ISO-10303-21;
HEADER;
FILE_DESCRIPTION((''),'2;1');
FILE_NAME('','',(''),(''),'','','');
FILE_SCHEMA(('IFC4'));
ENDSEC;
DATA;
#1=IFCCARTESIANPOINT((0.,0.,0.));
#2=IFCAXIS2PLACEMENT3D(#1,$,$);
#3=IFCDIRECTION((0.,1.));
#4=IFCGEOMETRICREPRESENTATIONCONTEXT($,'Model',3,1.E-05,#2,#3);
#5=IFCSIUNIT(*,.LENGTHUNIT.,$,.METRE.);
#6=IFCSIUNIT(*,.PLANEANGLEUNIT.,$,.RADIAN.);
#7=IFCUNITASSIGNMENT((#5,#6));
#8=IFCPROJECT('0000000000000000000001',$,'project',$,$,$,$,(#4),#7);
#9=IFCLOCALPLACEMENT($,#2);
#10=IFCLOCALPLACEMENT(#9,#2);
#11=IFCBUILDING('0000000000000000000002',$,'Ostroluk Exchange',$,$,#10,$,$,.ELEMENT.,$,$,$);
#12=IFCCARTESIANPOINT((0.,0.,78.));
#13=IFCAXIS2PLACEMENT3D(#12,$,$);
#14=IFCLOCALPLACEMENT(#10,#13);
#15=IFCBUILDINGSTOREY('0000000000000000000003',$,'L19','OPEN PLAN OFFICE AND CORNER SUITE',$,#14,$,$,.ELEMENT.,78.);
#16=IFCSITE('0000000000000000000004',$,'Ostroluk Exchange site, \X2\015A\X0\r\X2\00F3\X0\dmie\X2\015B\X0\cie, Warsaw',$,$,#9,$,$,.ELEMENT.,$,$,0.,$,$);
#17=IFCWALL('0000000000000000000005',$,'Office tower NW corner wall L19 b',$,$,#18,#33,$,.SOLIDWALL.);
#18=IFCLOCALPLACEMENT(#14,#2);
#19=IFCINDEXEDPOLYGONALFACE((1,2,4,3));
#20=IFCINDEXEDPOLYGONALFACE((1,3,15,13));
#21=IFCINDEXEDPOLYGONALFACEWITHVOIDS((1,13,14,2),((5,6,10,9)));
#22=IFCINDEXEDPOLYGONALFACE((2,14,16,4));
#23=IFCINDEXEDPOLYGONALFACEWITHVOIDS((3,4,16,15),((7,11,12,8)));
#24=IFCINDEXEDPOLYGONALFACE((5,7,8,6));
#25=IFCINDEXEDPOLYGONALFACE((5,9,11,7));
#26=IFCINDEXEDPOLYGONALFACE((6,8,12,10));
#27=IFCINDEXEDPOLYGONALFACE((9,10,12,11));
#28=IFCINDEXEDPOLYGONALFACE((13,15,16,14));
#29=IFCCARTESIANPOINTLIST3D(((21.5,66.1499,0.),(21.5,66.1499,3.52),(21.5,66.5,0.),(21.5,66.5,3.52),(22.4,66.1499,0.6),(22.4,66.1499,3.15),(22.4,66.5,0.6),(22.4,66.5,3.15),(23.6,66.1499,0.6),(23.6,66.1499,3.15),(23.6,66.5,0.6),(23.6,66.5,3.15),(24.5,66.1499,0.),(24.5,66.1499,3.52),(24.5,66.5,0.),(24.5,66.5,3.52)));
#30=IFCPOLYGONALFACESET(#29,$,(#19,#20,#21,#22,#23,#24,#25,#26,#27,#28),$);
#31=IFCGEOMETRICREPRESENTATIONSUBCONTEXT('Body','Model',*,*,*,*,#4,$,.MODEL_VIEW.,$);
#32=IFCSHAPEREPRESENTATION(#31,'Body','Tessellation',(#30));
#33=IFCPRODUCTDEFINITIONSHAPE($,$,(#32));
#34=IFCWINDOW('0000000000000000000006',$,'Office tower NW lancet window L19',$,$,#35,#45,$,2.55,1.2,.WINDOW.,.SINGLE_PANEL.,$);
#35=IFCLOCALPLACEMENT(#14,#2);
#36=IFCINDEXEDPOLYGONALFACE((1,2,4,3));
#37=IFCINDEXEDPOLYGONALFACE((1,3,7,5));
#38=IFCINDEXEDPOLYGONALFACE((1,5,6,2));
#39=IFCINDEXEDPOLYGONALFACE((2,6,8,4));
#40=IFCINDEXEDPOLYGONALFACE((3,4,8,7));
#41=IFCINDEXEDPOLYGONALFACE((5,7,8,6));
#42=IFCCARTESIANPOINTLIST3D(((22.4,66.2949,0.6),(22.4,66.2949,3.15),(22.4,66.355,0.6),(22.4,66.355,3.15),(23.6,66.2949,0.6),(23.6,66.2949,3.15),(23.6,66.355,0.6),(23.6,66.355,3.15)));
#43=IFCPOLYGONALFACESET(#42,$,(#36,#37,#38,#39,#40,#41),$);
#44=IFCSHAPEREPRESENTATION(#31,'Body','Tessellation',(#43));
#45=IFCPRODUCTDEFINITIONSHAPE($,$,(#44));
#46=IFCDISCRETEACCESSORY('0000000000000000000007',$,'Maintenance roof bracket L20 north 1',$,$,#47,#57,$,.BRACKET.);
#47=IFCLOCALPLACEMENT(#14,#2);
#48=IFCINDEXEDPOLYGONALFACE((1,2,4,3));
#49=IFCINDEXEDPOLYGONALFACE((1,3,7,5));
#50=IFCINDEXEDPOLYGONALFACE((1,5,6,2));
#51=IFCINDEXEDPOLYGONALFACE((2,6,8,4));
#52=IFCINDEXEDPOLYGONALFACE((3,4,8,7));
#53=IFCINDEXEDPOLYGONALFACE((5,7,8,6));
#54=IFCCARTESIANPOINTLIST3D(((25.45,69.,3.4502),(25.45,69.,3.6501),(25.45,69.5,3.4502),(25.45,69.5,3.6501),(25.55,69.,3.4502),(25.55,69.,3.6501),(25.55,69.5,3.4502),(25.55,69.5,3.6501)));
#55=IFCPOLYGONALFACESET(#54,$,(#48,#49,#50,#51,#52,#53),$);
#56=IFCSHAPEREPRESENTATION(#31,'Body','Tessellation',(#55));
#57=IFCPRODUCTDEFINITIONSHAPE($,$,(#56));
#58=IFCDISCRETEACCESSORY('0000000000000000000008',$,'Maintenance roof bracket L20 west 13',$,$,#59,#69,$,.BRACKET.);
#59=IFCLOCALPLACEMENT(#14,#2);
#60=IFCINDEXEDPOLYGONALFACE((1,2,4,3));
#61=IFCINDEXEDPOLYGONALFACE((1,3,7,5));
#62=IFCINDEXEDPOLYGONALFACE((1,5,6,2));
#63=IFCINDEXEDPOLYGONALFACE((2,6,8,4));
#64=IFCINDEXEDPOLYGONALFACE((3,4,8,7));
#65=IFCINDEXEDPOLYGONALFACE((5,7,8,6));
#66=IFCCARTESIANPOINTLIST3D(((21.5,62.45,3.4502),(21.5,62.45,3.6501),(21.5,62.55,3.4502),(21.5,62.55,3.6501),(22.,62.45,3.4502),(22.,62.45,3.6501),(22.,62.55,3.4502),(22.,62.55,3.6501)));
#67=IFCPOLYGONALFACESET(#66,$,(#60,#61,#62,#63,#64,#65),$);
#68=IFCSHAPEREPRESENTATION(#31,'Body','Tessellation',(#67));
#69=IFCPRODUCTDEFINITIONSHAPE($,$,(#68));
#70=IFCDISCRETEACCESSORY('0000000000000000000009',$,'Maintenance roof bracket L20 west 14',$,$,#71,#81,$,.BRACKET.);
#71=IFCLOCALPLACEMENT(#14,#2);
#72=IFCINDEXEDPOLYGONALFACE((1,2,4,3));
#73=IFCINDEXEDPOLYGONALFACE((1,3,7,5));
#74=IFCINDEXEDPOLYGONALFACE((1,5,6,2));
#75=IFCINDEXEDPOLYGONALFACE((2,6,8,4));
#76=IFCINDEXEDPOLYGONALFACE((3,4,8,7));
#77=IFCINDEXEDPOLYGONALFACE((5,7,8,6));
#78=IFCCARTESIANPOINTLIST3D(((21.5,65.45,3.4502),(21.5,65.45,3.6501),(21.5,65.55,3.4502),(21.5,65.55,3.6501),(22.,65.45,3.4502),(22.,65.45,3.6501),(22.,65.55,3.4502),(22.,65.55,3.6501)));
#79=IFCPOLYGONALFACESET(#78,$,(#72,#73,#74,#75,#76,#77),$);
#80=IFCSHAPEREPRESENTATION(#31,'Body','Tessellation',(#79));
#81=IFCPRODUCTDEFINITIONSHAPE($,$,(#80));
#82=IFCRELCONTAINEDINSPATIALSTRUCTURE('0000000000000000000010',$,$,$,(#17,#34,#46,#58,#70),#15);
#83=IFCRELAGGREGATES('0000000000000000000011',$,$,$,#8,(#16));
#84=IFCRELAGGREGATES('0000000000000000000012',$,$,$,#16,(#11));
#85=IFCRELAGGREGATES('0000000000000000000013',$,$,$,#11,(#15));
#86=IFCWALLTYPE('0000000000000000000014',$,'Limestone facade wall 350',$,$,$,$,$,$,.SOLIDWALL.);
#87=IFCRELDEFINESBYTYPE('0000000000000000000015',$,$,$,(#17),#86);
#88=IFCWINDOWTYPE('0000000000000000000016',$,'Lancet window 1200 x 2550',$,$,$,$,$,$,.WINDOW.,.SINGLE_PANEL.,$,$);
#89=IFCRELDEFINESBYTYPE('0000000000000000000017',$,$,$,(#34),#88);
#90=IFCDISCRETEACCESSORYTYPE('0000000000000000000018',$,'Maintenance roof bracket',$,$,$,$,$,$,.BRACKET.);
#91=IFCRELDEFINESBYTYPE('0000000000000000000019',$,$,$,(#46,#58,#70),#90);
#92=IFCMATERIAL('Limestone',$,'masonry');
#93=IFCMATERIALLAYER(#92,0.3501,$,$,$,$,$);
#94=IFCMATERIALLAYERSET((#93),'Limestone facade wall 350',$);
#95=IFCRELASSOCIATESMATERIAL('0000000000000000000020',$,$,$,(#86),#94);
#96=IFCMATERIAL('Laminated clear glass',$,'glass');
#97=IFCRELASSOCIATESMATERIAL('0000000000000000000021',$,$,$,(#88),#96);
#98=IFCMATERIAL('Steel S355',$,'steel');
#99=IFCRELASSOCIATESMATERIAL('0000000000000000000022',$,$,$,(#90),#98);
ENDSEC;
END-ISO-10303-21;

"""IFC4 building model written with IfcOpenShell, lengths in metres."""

from ifc_helpers import new_model, si_unit, direction, frame, frame_2d, origin, origin_2d, place, context, subcontext, project, spatial, rectangle, extrude, material, layer, layer_set, type_object, element, fill, save


model = new_model("IFC4")

# Units and contexts
model_context = context("Model", 3, precision=1e-05, world=origin(), true_north=direction((0.0, 1.0)))
body_context = subcontext(model_context, "Body", "Model", "MODEL_VIEW")
ifc_project = project(units=[si_unit("LENGTHUNIT", "METRE"), si_unit("PLANEANGLEUNIT", "RADIAN")], contexts=[model_context])

# Site, building, storey
site_placement = place(None, origin())
site = spatial("IfcSite", under=ifc_project, at=site_placement, Name="Ostroluk Exchange site, Śródmieście, Warsaw", CompositionType="ELEMENT", RefElevation=0.0)
building_placement = place(site_placement, origin())
building = spatial("IfcBuilding", under=site, at=building_placement, Name="Ostroluk Exchange", CompositionType="ELEMENT")
storey_placement = place(building_placement, frame((0.0, 0.0, 78.0)))
storey = spatial("IfcBuildingStorey", under=building, at=storey_placement, Name="L19", Description="OPEN PLAN OFFICE AND CORNER SUITE", CompositionType="ELEMENT", Elevation=78.0)

# Shared definitions
ifc_material_1 = material(Name="Limestone", Category="masonry")
ifc_layer_1 = layer(ifc_material_1, 0.3501)
ifc_layer_set_1 = layer_set([ifc_layer_1], Name="Limestone facade wall 350")
wall_type = type_object("IfcWallType", Name="Limestone facade wall 350", PredefinedType="SOLIDWALL", material=ifc_layer_set_1)

# Wall, opening, window
wall_1_placement = place(storey_placement, frame((24.5, 66.325, 0.0), z_axis=(0.0, 0.0, 1.0), x_axis=(-1.0, 0.0, 0.0)))
wall_1 = element("IfcWall", 1, at=wall_1_placement, inside=storey, type_object=wall_type, Name="Office tower NW corner wall L19 b", PredefinedType="SOLIDWALL", context=body_context, shape_type="SweptSolid", body=[
    extrude(rectangle(XDim=3.0, YDim=0.3501, at=frame_2d((1.5, 0.0))), origin(), (0.0, 0.0, 1.0), 3.52),
])
opening_1_placement = place(wall_1_placement, frame((0.8999, 0.0, 0.6001)))
opening_1 = element("IfcOpeningElement", 2, at=opening_1_placement, cuts=wall_1, PredefinedType="OPENING", context=body_context, shape_type="SweptSolid", body=[
    extrude(rectangle(XDim=1.2, YDim=2.55, at=frame_2d((0.6001, 1.2749))), frame((0.0, 0.1851, 0.0), z_axis=(0.0, -1.0, 0.0), x_axis=(1.0, 0.0, 0.0)), (0.0, 0.0, 1.0), 0.3701),
])
ifc_material_2 = material(Name="Laminated clear glass", Category="glass")
window_type = type_object("IfcWindowType", Name="Lancet window 1200 x 2550", PartitioningType="SINGLE_PANEL", PredefinedType="WINDOW", material=ifc_material_2)
window_placement = place(opening_1_placement, origin())
window = element("IfcWindow", 3, at=window_placement, inside=storey, type_object=window_type, Name="Office tower NW lancet window L19", OverallHeight=2.55, OverallWidth=1.2, PartitioningType="SINGLE_PANEL", PredefinedType="WINDOW", context=body_context, shape_type="SweptSolid", body=[
    extrude(rectangle(XDim=1.2, YDim=2.55, at=frame_2d((0.6001, 1.2749))), frame((0.0, 0.03, 0.0), z_axis=(0.0, -1.0, 0.0), x_axis=(1.0, 0.0, 0.0)), (0.0, 0.0, 1.0), 0.0601),
])
fill(opening_1, window)

# Discrete accessories
ifc_material_3 = material(Name="Steel S355", Category="steel")
discrete_accessory_type = type_object("IfcDiscreteAccessoryType", Name="Maintenance roof bracket", PredefinedType="BRACKET", material=ifc_material_3)
discrete_accessory_placement = place(storey_placement, frame((25.5, 69.25, 3.4502), z_axis=(0.0, 0.0, 1.0), x_axis=(1.0, 0.0, 0.0)))
element("IfcDiscreteAccessory", 4, at=discrete_accessory_placement, inside=storey, type_object=discrete_accessory_type, Name="Maintenance roof bracket L20 north 1", PredefinedType="BRACKET", context=body_context, shape_type="SweptSolid", body=[
    extrude(rectangle(XDim=0.1001, YDim=0.5, at=origin_2d()), origin(), (0.0, 0.0, 1.0), 0.2),
])
for number, where, z_axis, x_axis, name in (
    (5, (21.75, 62.5, 3.4502), (0.0, 0.0, 1.0), (1.0, 0.0, 0.0), "Maintenance roof bracket L20 west 13"),
    (6, (21.75, 65.5, 3.4502), (0.0, 0.0, 1.0), (1.0, 0.0, 0.0), "Maintenance roof bracket L20 west 14"),
):
    element("IfcDiscreteAccessory", number, at=place(storey_placement, frame(where, z_axis=z_axis, x_axis=x_axis)), inside=storey, type_object=discrete_accessory_type, Name=name, PredefinedType="BRACKET", context=body_context, shape_type="SweptSolid", body=[
        extrude(rectangle(XDim=0.5, YDim=0.1001, at=origin_2d()), origin(), (0.0, 0.0, 1.0), 0.2),
    ])

save(model, "model.ifc")
